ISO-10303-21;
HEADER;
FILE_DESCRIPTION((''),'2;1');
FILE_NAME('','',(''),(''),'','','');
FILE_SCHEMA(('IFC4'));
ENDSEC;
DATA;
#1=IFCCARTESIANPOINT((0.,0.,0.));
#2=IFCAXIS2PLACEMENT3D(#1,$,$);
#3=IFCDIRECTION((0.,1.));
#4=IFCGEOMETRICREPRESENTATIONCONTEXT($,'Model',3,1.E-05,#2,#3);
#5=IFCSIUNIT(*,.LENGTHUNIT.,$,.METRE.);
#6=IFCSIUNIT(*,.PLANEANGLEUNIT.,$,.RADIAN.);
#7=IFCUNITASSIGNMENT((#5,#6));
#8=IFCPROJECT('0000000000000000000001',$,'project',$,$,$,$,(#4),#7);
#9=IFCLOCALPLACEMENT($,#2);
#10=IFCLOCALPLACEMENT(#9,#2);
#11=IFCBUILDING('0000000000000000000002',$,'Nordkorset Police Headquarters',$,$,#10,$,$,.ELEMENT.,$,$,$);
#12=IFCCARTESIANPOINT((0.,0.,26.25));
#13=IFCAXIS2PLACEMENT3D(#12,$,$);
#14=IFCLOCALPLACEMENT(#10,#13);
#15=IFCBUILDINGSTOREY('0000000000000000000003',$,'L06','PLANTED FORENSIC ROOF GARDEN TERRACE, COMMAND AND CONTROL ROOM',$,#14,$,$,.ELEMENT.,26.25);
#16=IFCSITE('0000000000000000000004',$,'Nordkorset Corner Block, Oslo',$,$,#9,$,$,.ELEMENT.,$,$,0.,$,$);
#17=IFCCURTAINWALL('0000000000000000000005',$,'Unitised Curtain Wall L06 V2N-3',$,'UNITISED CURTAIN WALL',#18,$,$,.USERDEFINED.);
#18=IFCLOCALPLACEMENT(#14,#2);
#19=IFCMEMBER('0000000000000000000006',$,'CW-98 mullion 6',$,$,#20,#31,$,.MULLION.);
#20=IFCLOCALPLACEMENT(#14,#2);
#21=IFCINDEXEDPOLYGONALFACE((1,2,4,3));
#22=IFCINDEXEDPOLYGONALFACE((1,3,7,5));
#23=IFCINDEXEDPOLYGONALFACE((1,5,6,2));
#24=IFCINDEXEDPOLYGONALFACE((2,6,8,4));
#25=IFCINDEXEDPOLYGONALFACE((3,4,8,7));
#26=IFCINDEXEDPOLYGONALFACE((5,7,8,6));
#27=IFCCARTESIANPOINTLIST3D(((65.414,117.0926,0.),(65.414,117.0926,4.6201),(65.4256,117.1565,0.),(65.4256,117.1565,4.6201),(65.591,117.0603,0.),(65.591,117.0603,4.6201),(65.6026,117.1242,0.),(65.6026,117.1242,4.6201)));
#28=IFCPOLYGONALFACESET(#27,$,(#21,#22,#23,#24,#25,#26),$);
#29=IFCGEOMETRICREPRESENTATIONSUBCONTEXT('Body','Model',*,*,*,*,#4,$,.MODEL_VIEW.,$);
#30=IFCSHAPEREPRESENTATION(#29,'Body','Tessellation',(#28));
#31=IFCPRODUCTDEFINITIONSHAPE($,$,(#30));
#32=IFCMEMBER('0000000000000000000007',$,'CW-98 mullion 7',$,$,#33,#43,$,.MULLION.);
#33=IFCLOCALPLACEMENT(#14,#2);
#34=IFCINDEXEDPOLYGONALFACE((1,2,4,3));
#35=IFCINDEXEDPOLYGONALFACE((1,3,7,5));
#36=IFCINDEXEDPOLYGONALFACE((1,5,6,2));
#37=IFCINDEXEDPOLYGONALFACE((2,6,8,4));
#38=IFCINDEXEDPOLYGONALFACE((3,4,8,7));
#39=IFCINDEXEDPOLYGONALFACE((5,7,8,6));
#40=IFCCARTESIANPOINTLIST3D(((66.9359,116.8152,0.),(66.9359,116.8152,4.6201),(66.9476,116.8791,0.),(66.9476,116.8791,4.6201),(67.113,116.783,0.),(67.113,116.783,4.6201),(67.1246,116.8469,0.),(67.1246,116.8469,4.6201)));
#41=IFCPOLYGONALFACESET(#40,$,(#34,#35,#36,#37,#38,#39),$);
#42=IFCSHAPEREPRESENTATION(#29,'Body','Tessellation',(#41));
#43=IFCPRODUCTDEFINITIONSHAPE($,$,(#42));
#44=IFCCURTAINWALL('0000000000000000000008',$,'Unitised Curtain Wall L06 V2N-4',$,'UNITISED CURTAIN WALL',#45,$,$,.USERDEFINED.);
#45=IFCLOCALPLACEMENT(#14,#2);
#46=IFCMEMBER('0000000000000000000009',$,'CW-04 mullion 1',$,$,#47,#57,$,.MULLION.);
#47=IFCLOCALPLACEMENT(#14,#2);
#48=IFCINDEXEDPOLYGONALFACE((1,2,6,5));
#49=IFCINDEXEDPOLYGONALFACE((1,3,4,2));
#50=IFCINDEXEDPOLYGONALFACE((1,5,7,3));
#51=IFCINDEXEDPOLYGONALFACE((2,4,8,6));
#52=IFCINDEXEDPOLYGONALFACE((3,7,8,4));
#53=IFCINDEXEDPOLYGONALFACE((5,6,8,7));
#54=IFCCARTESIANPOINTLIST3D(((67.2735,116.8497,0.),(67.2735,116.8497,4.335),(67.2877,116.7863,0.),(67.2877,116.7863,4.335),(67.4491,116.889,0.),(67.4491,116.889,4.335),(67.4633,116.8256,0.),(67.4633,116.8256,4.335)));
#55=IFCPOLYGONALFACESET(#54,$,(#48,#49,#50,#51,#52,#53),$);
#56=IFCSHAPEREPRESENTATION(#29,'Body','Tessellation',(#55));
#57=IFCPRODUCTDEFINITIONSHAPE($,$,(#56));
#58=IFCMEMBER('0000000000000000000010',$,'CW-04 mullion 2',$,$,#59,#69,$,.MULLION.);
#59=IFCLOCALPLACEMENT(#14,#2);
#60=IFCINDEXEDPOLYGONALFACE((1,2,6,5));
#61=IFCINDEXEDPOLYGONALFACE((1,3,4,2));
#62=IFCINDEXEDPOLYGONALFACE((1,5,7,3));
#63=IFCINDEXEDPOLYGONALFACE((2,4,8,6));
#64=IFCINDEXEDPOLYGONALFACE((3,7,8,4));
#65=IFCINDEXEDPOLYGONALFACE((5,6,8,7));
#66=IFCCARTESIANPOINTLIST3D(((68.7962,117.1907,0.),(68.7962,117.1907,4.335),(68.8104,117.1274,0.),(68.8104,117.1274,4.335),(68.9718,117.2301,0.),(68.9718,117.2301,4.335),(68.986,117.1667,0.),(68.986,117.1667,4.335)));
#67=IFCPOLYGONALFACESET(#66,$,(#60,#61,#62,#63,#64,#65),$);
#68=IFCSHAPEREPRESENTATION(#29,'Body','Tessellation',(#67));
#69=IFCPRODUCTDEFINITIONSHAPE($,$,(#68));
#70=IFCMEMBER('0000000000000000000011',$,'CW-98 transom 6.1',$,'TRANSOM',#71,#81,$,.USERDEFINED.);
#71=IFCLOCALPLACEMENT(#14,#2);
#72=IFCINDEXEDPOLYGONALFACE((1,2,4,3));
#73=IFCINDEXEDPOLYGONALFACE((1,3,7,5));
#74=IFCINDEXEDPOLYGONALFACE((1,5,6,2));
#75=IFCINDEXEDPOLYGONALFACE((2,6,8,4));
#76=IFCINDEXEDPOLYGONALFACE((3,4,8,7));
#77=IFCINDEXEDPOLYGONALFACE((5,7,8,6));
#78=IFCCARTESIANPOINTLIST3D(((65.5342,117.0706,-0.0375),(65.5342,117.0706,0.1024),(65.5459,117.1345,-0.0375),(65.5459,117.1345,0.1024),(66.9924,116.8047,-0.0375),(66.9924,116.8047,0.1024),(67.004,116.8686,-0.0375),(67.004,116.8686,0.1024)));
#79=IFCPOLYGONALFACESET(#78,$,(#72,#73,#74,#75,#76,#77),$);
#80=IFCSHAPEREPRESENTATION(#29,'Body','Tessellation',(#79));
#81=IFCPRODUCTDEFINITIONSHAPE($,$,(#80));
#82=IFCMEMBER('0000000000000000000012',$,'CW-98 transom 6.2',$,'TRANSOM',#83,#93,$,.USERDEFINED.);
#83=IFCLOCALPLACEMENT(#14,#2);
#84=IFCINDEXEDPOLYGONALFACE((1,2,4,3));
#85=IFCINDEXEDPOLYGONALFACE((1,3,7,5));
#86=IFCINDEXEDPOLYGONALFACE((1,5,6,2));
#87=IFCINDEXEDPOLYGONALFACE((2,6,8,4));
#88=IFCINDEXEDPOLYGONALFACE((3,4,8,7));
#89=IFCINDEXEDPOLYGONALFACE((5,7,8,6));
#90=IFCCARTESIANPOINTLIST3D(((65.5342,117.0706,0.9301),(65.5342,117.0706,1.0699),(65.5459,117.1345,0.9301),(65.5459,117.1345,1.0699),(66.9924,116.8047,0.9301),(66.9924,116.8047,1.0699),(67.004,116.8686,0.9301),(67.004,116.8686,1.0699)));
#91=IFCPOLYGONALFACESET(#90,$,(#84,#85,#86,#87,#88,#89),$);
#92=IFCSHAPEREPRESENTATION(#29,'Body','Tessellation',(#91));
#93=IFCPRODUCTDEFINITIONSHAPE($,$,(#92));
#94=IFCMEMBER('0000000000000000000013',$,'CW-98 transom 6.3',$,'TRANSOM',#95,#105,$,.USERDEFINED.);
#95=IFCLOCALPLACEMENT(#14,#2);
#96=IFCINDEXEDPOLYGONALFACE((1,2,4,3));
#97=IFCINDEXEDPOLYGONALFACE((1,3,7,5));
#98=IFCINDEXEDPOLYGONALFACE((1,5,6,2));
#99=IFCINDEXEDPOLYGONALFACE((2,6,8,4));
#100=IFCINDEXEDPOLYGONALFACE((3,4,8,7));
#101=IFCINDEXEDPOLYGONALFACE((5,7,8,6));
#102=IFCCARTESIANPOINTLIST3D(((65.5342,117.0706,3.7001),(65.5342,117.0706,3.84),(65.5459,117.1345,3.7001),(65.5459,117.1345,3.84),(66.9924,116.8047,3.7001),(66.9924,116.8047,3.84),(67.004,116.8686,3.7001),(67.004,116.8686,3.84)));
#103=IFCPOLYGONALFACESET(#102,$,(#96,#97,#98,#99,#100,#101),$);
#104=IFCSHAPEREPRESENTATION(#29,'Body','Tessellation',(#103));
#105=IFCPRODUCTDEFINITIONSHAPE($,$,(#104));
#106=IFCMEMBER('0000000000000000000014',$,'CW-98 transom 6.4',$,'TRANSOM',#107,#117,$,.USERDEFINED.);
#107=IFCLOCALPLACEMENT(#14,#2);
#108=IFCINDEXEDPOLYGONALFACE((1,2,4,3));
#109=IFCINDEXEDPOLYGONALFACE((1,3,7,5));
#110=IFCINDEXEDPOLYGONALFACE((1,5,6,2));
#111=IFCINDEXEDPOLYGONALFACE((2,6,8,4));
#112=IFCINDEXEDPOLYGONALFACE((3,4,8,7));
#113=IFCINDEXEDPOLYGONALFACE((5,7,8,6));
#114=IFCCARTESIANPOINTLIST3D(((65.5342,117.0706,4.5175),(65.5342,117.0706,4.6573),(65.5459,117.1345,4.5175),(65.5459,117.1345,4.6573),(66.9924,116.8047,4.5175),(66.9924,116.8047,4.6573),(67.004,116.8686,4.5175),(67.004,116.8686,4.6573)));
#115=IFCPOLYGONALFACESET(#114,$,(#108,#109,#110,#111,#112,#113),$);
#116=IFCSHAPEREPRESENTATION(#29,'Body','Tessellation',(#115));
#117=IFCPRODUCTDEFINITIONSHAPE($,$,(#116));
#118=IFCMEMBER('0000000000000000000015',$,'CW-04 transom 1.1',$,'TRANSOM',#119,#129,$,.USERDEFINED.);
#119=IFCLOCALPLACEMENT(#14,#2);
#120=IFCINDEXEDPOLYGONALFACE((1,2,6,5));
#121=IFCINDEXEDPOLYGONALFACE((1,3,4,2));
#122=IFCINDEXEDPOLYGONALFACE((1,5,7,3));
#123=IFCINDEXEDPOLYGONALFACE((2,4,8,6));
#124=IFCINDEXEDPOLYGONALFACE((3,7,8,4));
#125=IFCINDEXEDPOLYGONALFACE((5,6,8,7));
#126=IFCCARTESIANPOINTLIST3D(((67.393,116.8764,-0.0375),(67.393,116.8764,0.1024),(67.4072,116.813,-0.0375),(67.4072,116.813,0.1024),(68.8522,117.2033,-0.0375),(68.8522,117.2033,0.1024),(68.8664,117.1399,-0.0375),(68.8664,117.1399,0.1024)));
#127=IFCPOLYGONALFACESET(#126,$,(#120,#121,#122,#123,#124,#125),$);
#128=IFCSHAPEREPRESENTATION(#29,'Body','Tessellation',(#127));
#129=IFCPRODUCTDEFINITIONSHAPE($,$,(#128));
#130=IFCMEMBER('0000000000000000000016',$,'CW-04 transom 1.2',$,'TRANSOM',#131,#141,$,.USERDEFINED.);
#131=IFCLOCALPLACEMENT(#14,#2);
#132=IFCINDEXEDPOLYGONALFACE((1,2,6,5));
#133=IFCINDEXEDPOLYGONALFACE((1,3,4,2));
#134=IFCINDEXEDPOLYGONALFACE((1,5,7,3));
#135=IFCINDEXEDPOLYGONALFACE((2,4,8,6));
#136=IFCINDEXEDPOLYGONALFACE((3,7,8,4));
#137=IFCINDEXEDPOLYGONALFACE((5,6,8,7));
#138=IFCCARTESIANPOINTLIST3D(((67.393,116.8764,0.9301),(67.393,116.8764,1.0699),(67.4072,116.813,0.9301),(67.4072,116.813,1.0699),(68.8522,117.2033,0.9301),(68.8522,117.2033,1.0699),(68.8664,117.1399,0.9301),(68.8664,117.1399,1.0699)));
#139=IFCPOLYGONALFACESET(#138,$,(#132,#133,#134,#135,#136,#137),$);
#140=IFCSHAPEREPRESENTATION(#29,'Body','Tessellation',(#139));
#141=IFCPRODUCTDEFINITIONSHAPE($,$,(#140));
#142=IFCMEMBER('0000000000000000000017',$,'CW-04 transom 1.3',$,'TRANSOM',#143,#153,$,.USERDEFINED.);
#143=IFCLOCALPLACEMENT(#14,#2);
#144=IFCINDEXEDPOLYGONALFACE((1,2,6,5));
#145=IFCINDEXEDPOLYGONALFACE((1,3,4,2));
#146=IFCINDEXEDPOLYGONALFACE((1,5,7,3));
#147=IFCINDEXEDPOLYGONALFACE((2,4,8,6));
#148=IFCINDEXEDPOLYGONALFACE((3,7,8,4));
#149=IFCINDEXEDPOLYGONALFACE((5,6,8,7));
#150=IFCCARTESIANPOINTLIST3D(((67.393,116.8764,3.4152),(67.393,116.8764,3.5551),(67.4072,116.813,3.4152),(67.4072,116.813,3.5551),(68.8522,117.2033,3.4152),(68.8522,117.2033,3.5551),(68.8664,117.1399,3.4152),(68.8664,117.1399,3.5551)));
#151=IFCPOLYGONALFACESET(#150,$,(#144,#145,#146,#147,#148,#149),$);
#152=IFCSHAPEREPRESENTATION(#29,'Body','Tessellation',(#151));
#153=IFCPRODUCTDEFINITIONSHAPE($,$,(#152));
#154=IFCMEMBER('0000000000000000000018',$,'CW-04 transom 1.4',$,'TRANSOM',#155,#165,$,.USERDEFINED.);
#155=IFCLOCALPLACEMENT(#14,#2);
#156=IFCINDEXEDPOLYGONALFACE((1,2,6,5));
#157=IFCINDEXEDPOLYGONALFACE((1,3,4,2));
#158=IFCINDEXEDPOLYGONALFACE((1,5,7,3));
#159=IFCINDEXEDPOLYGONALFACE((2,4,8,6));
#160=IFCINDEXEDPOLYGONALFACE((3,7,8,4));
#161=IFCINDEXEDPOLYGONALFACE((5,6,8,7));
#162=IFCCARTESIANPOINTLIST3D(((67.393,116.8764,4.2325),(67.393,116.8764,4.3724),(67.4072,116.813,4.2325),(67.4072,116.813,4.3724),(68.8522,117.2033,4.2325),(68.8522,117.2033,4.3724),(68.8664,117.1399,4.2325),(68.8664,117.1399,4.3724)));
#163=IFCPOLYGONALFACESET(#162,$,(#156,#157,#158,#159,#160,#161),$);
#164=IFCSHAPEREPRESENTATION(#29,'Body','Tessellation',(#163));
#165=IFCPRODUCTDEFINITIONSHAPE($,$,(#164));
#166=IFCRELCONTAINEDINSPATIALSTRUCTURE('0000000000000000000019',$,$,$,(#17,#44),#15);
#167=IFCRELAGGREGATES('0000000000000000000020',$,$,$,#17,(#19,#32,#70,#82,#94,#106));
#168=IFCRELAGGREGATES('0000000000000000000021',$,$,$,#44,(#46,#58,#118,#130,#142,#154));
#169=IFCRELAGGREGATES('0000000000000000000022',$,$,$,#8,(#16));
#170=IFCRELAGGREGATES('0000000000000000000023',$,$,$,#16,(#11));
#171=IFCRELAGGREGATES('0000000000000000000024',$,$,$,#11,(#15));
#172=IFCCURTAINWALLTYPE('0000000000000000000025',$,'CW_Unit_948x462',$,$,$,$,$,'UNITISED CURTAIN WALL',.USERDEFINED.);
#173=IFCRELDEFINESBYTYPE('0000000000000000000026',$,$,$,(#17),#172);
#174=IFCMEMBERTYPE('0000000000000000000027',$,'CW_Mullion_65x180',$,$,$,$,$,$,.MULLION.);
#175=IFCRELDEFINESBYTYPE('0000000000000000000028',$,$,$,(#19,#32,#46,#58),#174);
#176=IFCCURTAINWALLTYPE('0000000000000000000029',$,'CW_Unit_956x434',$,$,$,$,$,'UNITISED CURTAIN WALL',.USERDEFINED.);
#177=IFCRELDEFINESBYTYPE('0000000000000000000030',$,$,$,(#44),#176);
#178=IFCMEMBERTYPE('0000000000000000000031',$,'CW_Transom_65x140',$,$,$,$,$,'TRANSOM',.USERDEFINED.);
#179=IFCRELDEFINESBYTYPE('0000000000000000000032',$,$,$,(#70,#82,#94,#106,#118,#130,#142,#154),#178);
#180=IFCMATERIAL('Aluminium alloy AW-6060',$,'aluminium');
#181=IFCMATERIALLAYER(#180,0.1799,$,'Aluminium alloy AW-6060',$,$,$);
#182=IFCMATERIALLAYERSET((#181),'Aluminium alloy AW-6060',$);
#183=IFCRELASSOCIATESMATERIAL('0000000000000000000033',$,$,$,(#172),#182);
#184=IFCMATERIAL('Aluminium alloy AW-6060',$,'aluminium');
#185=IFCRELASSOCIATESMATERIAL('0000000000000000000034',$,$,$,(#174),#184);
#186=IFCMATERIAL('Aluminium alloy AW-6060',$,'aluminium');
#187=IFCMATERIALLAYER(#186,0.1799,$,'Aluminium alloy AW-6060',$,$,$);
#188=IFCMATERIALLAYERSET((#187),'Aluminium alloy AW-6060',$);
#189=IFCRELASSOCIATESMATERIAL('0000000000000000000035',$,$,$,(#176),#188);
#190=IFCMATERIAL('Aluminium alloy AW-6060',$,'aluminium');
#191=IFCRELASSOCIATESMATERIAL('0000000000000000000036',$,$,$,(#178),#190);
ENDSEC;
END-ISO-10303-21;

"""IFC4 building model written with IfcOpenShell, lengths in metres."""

from ifc_helpers import new_model, si_unit, direction, frame, origin, origin_2d, place, context, subcontext, project, spatial, rectangle, extrude, material, layer, layer_set, material_profile, profile_set, type_object, element, aggregate, save


model = new_model("IFC4")

# Units and contexts
model_context = context("Model", 3, precision=1e-05, world=origin(), true_north=direction((0.0, 1.0)))
body_context = subcontext(model_context, "Body", "Model", "MODEL_VIEW")
ifc_project = project(units=[si_unit("LENGTHUNIT", "METRE"), si_unit("PLANEANGLEUNIT", "RADIAN")], contexts=[model_context])

# Site, building, storey
site_placement = place(None, origin())
site = spatial("IfcSite", under=ifc_project, at=site_placement, Name="Nordkorset Corner Block, Oslo", CompositionType="ELEMENT", RefElevation=0.0)
building_placement = place(site_placement, origin())
building = spatial("IfcBuilding", under=site, at=building_placement, Name="Nordkorset Police Headquarters", CompositionType="ELEMENT")
storey_placement = place(building_placement, frame((0.0, 0.0, 26.25)))
storey = spatial("IfcBuildingStorey", under=building, at=storey_placement, Name="L06", Description="PLANTED FORENSIC ROOF GARDEN TERRACE, COMMAND AND CONTROL ROOM", CompositionType="ELEMENT", Elevation=26.25)

# Curtain walls, members
ifc_material_1 = material(Name="Aluminium alloy AW-6060", Category="aluminium")
ifc_layer_1 = layer(ifc_material_1, 0.1799, Name="Aluminium alloy AW-6060")
ifc_layer_set_1 = layer_set([ifc_layer_1], Name="Aluminium alloy AW-6060")
curtain_wall_type_1 = type_object("IfcCurtainWallType", Name="CW_Unit_948x462", ElementType="UNITISED CURTAIN WALL", PredefinedType="USERDEFINED", material=ifc_layer_set_1)
curtain_wall_1_placement = place(storey_placement, origin())
curtain_wall_1 = element("IfcCurtainWall", 1, at=curtain_wall_1_placement, inside=storey, type_object=curtain_wall_type_1, Name="Unitised Curtain Wall L06 V2N-3", ObjectType="UNITISED CURTAIN WALL", PredefinedType="USERDEFINED")
ifc_material_2 = material(Name="Aluminium alloy AW-6060", Category="aluminium")
ifc_material_profile_1 = material_profile(ifc_material_2, rectangle(XDim=0.0649, YDim=0.1799, at=origin_2d()), Name="ALU MULL 65x180")
ifc_profile_set_1 = profile_set([ifc_material_profile_1], Name="Aluminium alloy AW-6060")
member_type_1 = type_object("IfcMemberType", Name="CW_Mullion_65x180", PredefinedType="MULLION", material=ifc_profile_set_1)
member_1_placement = place(storey_placement, frame((65.5083, 117.1084, 0.0), z_axis=(0.0, 0.0, 1.0), x_axis=(0.179336, 0.983788, 0.0)))
member_1 = element("IfcMember", 2, at=member_1_placement, type_object=member_type_1, Name="CW-98 mullion 6", PredefinedType="MULLION", context=body_context, shape_type="SweptSolid", body=[
    extrude(rectangle(XDim=0.0649, YDim=0.1799, at=origin_2d()), origin(), (0.0, 0.0, 1.0), 4.6201),
])
member_2_placement = place(storey_placement, frame((67.0303, 116.8311, 0.0), z_axis=(0.0, 0.0, 1.0), x_axis=(0.179336, 0.983788, 0.0)))
member_2 = element("IfcMember", 3, at=member_2_placement, type_object=member_type_1, Name="CW-98 mullion 7", PredefinedType="MULLION", context=body_context, shape_type="SweptSolid", body=[
    extrude(rectangle(XDim=0.0649, YDim=0.1799, at=origin_2d()), origin(), (0.0, 0.0, 1.0), 4.6201),
])
ifc_material_3 = material(Name="Aluminium alloy AW-6060", Category="aluminium")
ifc_layer_2 = layer(ifc_material_3, 0.1799, Name="Aluminium alloy AW-6060")
ifc_layer_set_2 = layer_set([ifc_layer_2], Name="Aluminium alloy AW-6060")
curtain_wall_type_2 = type_object("IfcCurtainWallType", Name="CW_Unit_956x434", ElementType="UNITISED CURTAIN WALL", PredefinedType="USERDEFINED", material=ifc_layer_set_2)
curtain_wall_2_placement = place(storey_placement, origin())
curtain_wall_2 = element("IfcCurtainWall", 4, at=curtain_wall_2_placement, inside=storey, type_object=curtain_wall_type_2, Name="Unitised Curtain Wall L06 V2N-4", ObjectType="UNITISED CURTAIN WALL", PredefinedType="USERDEFINED")
member_3_placement = place(storey_placement, frame((67.3684, 116.8376, 0.0), z_axis=(0.0, 0.0, 1.0), x_axis=(-0.218544, 0.975827, 0.0)))
member_3 = element("IfcMember", 5, at=member_3_placement, type_object=member_type_1, Name="CW-04 mullion 1", PredefinedType="MULLION", context=body_context, shape_type="SweptSolid", body=[
    extrude(rectangle(XDim=0.0649, YDim=0.1799, at=origin_2d()), origin(), (0.0, 0.0, 1.0), 4.335),
])
member_4_placement = place(storey_placement, frame((68.8911, 117.1787, 0.0), z_axis=(0.0, 0.0, 1.0), x_axis=(-0.218544, 0.975827, 0.0)))
member_4 = element("IfcMember", 6, at=member_4_placement, type_object=member_type_1, Name="CW-04 mullion 2", PredefinedType="MULLION", context=body_context, shape_type="SweptSolid", body=[
    extrude(rectangle(XDim=0.0649, YDim=0.1799, at=origin_2d()), origin(), (0.0, 0.0, 1.0), 4.335),
])

# Members
ifc_material_4 = material(Name="Aluminium alloy AW-6060", Category="aluminium")
ifc_material_profile_2 = material_profile(ifc_material_4, rectangle(XDim=0.0649, YDim=0.1399, at=origin_2d()), Name="ALU TRAN 65x140")
ifc_profile_set_2 = profile_set([ifc_material_profile_2], Name="Aluminium alloy AW-6060")
member_type_2 = type_object("IfcMemberType", Name="CW_Transom_65x140", ElementType="TRANSOM", PredefinedType="USERDEFINED", material=ifc_profile_set_2)
member_5_placement = place(storey_placement, frame((65.54, 117.1025, 0.0325), z_axis=(0.983783, -0.179364, 0.0), x_axis=(0.179364, 0.983783, 0.0)))
member_5 = element("IfcMember", 7, at=member_5_placement, type_object=member_type_2, Name="CW-98 transom 6.1", ObjectType="TRANSOM", PredefinedType="USERDEFINED", context=body_context, shape_type="SweptSolid", body=[
    extrude(rectangle(XDim=0.0649, YDim=0.1399, at=origin_2d()), origin(), (0.0, 0.0, 1.0), 1.4822),
])
member_6_placement = place(storey_placement, frame((65.54, 117.1025, 1.0), z_axis=(0.983783, -0.179364, 0.0), x_axis=(0.179364, 0.983783, 0.0)))
member_6 = element("IfcMember", 8, at=member_6_placement, type_object=member_type_2, Name="CW-98 transom 6.2", ObjectType="TRANSOM", PredefinedType="USERDEFINED", context=body_context, shape_type="SweptSolid", body=[
    extrude(rectangle(XDim=0.0649, YDim=0.1399, at=origin_2d()), origin(), (0.0, 0.0, 1.0), 1.4822),
])
member_7_placement = place(storey_placement, frame((65.54, 117.1025, 3.77), z_axis=(0.983783, -0.179364, 0.0), x_axis=(0.179364, 0.983783, 0.0)))
member_7 = element("IfcMember", 9, at=member_7_placement, type_object=member_type_2, Name="CW-98 transom 6.3", ObjectType="TRANSOM", PredefinedType="USERDEFINED", context=body_context, shape_type="SweptSolid", body=[
    extrude(rectangle(XDim=0.0649, YDim=0.1399, at=origin_2d()), origin(), (0.0, 0.0, 1.0), 1.4822),
])
member_8_placement = place(storey_placement, frame((65.54, 117.1025, 4.5874), z_axis=(0.983783, -0.179364, 0.0), x_axis=(0.179364, 0.983783, 0.0)))
member_8 = element("IfcMember", 10, at=member_8_placement, type_object=member_type_2, Name="CW-98 transom 6.4", ObjectType="TRANSOM", PredefinedType="USERDEFINED", context=body_context, shape_type="SweptSolid", body=[
    extrude(rectangle(XDim=0.0649, YDim=0.1399, at=origin_2d()), origin(), (0.0, 0.0, 1.0), 1.4822),
])
member_9_placement = place(storey_placement, frame((67.4001, 116.8447, 0.0325), z_axis=(0.975813, 0.218607, 0.0), x_axis=(-0.218607, 0.975813, 0.0)))
member_9 = element("IfcMember", 11, at=member_9_placement, type_object=member_type_2, Name="CW-04 transom 1.1", ObjectType="TRANSOM", PredefinedType="USERDEFINED", context=body_context, shape_type="SweptSolid", body=[
    extrude(rectangle(XDim=0.0649, YDim=0.1399, at=origin_2d()), origin(), (0.0, 0.0, 1.0), 1.4954),
])
member_10_placement = place(storey_placement, frame((67.4001, 116.8447, 1.0), z_axis=(0.975813, 0.218607, 0.0), x_axis=(-0.218607, 0.975813, 0.0)))
member_10 = element("IfcMember", 12, at=member_10_placement, type_object=member_type_2, Name="CW-04 transom 1.2", ObjectType="TRANSOM", PredefinedType="USERDEFINED", context=body_context, shape_type="SweptSolid", body=[
    extrude(rectangle(XDim=0.0649, YDim=0.1399, at=origin_2d()), origin(), (0.0, 0.0, 1.0), 1.4954),
])
member_11_placement = place(storey_placement, frame((67.4001, 116.8447, 3.4851), z_axis=(0.975813, 0.218607, 0.0), x_axis=(-0.218607, 0.975813, 0.0)))
member_11 = element("IfcMember", 13, at=member_11_placement, type_object=member_type_2, Name="CW-04 transom 1.3", ObjectType="TRANSOM", PredefinedType="USERDEFINED", context=body_context, shape_type="SweptSolid", body=[
    extrude(rectangle(XDim=0.0649, YDim=0.1399, at=origin_2d()), origin(), (0.0, 0.0, 1.0), 1.4954),
])
member_12_placement = place(storey_placement, frame((67.4001, 116.8447, 4.3025), z_axis=(0.975813, 0.218607, 0.0), x_axis=(-0.218607, 0.975813, 0.0)))
member_12 = element("IfcMember", 14, at=member_12_placement, type_object=member_type_2, Name="CW-04 transom 1.4", ObjectType="TRANSOM", PredefinedType="USERDEFINED", context=body_context, shape_type="SweptSolid", body=[
    extrude(rectangle(XDim=0.0649, YDim=0.1399, at=origin_2d()), origin(), (0.0, 0.0, 1.0), 1.4954),
])

aggregate(curtain_wall_1, [member_1, member_2, member_5, member_6, member_7, member_8])
aggregate(curtain_wall_2, [member_3, member_4, member_9, member_10, member_11, member_12])

save(model, "model.ifc")
